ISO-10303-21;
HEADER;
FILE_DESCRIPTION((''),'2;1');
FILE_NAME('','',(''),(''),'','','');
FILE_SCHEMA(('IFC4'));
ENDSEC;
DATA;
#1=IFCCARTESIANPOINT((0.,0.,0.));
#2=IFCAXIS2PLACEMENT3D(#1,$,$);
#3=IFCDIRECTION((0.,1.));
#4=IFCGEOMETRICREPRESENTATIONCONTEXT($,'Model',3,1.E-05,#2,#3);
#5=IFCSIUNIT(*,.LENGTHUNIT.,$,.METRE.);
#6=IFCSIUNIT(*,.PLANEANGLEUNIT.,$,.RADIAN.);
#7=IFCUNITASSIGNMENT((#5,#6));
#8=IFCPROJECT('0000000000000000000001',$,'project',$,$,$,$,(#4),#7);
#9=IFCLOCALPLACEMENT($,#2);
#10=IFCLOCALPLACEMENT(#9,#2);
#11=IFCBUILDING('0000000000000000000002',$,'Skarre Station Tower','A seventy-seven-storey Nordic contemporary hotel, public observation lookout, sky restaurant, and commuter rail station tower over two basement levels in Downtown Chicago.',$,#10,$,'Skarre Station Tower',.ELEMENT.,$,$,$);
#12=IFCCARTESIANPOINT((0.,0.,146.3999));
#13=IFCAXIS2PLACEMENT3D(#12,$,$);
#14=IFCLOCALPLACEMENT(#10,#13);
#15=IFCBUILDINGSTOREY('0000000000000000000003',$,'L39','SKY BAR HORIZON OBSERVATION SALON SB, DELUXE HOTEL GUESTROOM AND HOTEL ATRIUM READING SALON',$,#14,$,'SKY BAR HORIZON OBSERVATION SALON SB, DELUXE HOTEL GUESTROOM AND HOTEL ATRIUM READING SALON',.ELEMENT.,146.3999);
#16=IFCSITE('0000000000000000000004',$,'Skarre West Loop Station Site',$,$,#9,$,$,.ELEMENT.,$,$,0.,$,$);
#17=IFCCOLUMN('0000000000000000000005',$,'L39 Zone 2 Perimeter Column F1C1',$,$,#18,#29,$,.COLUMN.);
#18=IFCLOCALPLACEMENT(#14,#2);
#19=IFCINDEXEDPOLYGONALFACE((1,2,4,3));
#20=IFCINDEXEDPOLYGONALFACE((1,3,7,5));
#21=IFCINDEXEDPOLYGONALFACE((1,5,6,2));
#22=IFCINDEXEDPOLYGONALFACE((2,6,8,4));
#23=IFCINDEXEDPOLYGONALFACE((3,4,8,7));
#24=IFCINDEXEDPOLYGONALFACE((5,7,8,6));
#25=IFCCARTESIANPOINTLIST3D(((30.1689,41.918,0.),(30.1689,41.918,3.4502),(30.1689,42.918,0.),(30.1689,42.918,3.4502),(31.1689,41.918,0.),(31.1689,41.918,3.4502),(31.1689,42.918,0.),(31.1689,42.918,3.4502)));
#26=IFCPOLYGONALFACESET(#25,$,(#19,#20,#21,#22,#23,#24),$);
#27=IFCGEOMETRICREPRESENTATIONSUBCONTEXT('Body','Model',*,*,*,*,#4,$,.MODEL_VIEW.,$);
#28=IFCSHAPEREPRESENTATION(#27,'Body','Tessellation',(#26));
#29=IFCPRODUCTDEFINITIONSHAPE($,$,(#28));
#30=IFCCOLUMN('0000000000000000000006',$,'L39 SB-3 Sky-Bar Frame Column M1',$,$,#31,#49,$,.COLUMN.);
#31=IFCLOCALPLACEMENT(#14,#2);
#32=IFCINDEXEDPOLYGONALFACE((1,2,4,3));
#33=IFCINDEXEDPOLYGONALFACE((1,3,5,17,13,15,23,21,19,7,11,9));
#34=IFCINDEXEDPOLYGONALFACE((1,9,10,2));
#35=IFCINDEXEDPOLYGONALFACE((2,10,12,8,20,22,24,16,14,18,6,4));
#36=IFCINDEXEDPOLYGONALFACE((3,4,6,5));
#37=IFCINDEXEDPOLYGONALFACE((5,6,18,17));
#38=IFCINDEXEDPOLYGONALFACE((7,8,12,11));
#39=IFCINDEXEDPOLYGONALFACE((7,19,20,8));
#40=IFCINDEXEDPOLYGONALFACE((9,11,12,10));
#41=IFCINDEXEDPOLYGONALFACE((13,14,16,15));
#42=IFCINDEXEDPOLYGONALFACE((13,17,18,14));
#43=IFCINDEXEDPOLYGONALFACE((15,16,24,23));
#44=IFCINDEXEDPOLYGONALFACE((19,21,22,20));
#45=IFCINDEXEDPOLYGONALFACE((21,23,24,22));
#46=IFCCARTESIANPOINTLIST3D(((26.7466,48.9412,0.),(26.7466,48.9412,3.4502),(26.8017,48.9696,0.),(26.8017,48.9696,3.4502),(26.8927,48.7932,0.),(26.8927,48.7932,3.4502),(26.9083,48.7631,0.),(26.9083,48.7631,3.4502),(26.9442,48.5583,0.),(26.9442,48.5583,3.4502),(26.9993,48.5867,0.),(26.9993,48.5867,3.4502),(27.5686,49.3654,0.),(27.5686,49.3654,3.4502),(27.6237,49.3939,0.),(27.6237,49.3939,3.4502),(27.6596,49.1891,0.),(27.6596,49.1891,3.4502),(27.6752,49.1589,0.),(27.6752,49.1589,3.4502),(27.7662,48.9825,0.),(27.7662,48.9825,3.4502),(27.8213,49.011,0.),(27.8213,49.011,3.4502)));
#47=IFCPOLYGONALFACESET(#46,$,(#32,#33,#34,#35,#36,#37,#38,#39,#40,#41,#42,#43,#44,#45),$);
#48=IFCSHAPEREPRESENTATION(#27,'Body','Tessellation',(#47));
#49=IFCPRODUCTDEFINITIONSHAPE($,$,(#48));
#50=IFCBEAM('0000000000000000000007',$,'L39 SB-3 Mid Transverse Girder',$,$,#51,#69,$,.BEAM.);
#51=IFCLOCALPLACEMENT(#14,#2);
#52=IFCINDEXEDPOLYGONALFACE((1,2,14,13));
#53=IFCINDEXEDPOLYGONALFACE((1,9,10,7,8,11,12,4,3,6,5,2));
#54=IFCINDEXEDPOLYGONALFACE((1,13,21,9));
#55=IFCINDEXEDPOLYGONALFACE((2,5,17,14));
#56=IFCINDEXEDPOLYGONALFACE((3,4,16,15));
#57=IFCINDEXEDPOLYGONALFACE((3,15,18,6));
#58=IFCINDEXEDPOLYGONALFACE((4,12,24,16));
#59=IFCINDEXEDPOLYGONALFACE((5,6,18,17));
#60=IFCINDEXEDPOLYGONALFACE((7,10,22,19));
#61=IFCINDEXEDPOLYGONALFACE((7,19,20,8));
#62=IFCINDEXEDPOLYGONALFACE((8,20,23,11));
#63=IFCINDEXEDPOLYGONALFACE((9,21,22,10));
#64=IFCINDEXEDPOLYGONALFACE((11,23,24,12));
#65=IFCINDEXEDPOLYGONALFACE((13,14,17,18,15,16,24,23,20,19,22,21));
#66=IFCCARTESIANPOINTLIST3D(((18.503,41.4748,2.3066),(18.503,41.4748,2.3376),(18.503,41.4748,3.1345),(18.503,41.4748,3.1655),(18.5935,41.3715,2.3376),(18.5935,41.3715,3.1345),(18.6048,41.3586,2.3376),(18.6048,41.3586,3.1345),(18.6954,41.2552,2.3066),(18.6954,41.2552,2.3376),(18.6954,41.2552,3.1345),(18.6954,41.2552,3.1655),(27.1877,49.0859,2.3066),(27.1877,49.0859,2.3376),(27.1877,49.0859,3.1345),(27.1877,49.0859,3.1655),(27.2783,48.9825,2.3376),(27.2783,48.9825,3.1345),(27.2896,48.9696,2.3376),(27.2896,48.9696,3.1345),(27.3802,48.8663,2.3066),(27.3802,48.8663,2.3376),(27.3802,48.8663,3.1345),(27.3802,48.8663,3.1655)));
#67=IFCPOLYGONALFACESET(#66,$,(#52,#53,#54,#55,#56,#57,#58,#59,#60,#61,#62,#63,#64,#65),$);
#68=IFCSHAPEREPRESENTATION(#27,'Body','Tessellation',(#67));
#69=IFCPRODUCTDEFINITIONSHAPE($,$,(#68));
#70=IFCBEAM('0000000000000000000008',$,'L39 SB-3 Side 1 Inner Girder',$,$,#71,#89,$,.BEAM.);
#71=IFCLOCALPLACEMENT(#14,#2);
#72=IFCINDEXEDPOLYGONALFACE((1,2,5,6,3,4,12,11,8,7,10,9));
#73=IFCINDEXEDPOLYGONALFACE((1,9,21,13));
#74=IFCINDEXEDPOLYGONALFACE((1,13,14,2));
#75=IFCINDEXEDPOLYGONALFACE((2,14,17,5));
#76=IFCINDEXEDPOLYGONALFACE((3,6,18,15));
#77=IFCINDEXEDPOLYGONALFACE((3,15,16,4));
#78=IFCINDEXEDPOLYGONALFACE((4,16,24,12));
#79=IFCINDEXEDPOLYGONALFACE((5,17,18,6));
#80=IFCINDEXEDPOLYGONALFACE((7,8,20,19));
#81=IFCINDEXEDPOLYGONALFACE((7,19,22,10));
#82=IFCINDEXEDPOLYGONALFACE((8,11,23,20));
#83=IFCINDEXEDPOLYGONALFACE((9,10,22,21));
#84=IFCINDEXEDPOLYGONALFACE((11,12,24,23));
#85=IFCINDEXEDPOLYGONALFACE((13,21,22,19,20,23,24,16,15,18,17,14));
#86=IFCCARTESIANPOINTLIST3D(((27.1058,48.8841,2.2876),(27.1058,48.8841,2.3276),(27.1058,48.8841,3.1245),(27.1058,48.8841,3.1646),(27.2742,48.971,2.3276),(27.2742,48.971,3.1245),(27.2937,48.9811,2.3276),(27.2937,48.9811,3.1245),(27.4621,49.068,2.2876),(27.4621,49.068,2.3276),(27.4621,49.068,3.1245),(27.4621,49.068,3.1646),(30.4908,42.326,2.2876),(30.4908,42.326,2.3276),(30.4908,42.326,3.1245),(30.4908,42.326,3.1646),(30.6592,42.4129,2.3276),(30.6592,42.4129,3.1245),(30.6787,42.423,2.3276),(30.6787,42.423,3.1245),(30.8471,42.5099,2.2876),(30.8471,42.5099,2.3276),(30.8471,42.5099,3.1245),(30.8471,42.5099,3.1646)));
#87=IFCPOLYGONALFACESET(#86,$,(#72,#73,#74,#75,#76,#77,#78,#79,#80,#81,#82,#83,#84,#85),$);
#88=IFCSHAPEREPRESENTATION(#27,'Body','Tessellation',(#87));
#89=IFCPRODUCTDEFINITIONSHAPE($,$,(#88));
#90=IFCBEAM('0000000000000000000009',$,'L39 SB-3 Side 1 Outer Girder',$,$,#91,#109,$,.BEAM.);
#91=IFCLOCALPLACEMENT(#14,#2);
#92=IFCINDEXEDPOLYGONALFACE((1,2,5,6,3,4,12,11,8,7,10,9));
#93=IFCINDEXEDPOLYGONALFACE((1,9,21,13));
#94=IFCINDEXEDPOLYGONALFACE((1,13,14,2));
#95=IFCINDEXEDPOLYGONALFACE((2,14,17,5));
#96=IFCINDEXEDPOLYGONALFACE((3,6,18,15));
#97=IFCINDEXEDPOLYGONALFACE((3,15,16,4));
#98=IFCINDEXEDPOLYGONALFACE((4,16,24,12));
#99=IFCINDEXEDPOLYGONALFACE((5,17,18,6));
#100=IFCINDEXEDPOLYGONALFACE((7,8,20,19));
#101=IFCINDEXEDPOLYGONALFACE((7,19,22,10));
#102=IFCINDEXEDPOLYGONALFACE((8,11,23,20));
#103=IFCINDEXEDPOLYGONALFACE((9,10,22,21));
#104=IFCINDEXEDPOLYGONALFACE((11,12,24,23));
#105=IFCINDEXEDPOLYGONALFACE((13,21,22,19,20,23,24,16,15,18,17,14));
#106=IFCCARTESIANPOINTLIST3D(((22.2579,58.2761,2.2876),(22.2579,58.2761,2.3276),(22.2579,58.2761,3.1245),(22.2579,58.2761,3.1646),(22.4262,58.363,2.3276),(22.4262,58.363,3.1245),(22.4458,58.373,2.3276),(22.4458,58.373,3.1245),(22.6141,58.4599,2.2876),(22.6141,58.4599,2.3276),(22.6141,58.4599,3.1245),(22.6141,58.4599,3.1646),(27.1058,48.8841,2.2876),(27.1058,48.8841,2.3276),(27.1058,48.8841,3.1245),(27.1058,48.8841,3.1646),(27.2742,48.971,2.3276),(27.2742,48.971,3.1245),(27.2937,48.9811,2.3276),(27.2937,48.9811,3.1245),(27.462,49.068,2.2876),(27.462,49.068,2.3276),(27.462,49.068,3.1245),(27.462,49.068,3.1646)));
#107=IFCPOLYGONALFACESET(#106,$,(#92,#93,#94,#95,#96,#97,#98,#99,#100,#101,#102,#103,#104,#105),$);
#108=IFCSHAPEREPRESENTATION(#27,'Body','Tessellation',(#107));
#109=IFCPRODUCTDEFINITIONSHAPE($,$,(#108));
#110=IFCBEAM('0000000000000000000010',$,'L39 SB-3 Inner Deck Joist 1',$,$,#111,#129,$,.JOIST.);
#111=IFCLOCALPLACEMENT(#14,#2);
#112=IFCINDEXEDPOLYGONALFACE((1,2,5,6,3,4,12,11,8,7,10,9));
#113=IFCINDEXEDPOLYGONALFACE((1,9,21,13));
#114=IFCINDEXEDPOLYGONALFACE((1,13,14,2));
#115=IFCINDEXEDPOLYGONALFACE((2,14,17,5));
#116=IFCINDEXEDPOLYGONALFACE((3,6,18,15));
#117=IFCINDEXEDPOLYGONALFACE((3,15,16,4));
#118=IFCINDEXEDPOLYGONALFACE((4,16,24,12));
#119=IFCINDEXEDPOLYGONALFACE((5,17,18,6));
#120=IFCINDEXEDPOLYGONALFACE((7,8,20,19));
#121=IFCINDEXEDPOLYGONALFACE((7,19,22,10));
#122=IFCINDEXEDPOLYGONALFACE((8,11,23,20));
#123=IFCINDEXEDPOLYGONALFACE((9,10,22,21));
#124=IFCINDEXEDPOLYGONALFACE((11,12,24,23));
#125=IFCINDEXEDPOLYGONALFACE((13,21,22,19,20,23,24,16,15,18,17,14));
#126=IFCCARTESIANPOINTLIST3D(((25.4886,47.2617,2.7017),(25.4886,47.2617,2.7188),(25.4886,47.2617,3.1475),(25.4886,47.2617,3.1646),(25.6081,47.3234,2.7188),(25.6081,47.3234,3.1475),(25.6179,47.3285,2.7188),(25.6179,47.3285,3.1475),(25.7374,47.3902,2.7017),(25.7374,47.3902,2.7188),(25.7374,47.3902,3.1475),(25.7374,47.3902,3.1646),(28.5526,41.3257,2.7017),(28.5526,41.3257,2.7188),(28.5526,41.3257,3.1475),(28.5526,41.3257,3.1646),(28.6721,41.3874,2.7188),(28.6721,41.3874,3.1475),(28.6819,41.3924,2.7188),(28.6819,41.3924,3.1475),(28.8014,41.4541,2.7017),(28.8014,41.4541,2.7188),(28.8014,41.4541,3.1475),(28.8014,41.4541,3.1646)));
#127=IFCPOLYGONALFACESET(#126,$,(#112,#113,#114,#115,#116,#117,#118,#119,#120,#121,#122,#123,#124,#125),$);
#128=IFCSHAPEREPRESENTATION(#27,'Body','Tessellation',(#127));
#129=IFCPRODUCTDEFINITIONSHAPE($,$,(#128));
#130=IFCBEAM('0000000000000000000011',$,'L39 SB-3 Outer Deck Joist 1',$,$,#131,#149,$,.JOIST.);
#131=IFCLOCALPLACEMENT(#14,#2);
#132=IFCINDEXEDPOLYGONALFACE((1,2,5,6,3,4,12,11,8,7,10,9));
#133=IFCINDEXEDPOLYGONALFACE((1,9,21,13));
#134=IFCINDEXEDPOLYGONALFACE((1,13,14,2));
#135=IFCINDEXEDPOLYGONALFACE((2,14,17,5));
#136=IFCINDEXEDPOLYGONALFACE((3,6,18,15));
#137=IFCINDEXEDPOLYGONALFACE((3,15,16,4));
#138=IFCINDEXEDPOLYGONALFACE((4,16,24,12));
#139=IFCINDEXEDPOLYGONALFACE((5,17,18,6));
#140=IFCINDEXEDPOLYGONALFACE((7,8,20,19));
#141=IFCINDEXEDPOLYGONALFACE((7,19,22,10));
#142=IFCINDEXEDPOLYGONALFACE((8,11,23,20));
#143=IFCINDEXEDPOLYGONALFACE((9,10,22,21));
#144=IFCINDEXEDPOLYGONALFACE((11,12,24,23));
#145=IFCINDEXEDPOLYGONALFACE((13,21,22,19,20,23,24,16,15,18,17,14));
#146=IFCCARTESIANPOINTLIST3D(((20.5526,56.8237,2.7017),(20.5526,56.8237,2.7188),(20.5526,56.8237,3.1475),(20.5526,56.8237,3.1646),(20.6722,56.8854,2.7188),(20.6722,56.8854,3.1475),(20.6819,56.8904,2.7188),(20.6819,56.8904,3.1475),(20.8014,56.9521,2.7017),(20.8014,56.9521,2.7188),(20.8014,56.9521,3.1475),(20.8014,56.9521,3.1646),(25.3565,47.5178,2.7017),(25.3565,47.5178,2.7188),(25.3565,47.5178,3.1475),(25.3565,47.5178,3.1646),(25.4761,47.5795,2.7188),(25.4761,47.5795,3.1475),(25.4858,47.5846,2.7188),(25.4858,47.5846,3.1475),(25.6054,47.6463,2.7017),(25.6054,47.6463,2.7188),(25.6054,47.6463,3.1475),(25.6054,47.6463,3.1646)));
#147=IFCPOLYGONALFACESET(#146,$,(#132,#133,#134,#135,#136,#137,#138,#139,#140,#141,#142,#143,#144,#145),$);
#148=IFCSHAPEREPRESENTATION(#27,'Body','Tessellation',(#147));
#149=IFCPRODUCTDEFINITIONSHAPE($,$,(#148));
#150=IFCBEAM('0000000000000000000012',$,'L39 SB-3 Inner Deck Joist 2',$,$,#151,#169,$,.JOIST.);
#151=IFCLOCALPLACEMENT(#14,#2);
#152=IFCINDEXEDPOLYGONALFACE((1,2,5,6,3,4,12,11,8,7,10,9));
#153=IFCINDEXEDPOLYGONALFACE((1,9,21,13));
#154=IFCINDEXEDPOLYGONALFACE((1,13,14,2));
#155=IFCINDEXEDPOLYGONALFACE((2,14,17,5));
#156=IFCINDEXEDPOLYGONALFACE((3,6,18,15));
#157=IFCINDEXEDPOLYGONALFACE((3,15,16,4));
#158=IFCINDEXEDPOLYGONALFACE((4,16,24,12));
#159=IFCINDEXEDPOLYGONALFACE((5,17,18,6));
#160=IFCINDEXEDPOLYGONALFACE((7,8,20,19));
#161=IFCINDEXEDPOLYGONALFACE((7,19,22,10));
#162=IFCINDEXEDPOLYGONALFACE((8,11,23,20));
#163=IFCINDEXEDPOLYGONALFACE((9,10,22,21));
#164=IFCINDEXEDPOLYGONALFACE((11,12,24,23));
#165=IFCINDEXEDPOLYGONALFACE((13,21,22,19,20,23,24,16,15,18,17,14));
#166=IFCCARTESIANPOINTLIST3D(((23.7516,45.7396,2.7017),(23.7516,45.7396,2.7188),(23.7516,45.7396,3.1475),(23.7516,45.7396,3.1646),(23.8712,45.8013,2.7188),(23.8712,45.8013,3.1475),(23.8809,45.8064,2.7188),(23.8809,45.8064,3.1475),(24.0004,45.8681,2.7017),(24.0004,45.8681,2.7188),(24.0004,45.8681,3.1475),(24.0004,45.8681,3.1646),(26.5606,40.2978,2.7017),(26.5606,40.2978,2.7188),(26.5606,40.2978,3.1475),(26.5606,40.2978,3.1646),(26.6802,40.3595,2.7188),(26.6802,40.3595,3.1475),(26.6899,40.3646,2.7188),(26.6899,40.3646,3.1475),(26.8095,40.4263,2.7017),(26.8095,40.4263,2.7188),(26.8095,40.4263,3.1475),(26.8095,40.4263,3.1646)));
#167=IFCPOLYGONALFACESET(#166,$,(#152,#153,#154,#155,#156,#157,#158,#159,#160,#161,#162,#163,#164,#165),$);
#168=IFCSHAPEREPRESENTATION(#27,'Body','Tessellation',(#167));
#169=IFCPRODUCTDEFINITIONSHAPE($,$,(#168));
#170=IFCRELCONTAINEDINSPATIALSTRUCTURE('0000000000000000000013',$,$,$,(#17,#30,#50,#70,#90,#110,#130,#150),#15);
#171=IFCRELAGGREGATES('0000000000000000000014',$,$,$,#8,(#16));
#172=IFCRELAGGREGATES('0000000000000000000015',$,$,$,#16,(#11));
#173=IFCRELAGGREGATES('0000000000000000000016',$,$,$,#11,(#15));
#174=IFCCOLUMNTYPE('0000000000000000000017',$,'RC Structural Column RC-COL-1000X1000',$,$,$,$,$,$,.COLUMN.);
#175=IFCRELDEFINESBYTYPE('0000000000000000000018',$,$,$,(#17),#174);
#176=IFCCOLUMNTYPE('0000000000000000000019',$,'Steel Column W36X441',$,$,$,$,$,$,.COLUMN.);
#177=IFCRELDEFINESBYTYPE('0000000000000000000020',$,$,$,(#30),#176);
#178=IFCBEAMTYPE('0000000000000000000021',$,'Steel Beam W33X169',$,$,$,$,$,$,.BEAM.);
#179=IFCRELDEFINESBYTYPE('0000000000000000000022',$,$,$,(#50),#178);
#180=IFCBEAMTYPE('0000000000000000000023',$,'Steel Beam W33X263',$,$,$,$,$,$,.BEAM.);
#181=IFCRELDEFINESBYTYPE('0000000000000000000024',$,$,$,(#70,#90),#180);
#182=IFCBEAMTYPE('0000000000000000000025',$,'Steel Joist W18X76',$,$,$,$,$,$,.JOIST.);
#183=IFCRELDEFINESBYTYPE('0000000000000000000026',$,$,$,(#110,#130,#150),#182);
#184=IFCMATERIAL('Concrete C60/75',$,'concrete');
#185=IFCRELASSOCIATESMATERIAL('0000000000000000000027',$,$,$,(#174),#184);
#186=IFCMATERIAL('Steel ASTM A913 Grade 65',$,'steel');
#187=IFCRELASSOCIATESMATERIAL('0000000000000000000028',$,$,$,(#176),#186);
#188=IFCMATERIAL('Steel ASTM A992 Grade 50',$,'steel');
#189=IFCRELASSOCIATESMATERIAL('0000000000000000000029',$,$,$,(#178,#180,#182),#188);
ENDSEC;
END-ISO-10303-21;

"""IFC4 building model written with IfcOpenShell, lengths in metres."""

from ifc_helpers import new_model, si_unit, direction, frame, origin, origin_2d, place, context, subcontext, project, spatial, rectangle, i_section, extrude, material, material_profile, profile_set, type_object, element, save


model = new_model("IFC4")

# Units and contexts
model_context = context("Model", 3, precision=1e-05, world=origin(), true_north=direction((0.0, 1.0)))
body_context = subcontext(model_context, "Body", "Model", "MODEL_VIEW")
ifc_project = project(units=[si_unit("LENGTHUNIT", "METRE"), si_unit("PLANEANGLEUNIT", "RADIAN")], contexts=[model_context])

# Site, building, storey
site_placement = place(None, origin())
site = spatial("IfcSite", under=ifc_project, at=site_placement, Name="Skarre West Loop Station Site", CompositionType="ELEMENT", RefElevation=0.0)
building_placement = place(site_placement, origin())
building = spatial("IfcBuilding", under=site, at=building_placement, Name="Skarre Station Tower", Description="A seventy-seven-storey Nordic contemporary hotel, public observation lookout, sky restaurant, and commuter rail station tower over two basement levels in Downtown Chicago.", LongName="Skarre Station Tower", CompositionType="ELEMENT")
storey_placement = place(building_placement, frame((0.0, 0.0, 146.3999)))
storey = spatial("IfcBuildingStorey", under=building, at=storey_placement, Name="L39", Description="SKY BAR HORIZON OBSERVATION SALON SB, DELUXE HOTEL GUESTROOM AND HOTEL ATRIUM READING SALON", LongName="SKY BAR HORIZON OBSERVATION SALON SB, DELUXE HOTEL GUESTROOM AND HOTEL ATRIUM READING SALON", CompositionType="ELEMENT", Elevation=146.3999)

# Columns
ifc_material_1 = material(Name="Concrete C60/75", Category="concrete")
ifc_material_profile_1 = material_profile(ifc_material_1, rectangle(XDim=1.0, YDim=1.0, at=origin_2d()), Name="Concrete C60/75")
ifc_profile_set_1 = profile_set([ifc_material_profile_1], Name="Concrete C60/75")
column_type_1 = type_object("IfcColumnType", Name="RC Structural Column RC-COL-1000X1000", PredefinedType="COLUMN", material=ifc_profile_set_1)
column_1_placement = place(storey_placement, frame((30.6689, 42.418, 0.0), z_axis=(0.0, 0.0, 1.0), x_axis=(1.0, 0.0, 0.0)))
element("IfcColumn", 1, at=column_1_placement, inside=storey, type_object=column_type_1, Name="L39 Zone 2 Perimeter Column F1C1", PredefinedType="COLUMN", context=body_context, shape_type="SweptSolid", body=[
    extrude(rectangle(XDim=1.0, YDim=1.0, at=origin_2d()), origin(), (0.0, 0.0, 1.0), 3.4502),
])
ifc_material_2 = material(Name="Steel ASTM A913 Grade 65", Category="steel")
ifc_material_profile_2 = material_profile(ifc_material_2, i_section(OverallWidth=0.4309, OverallDepth=0.9871, WebThickness=0.0339, FlangeThickness=0.062, at=origin_2d()), Name="Steel ASTM A913 Grade 65")
ifc_profile_set_2 = profile_set([ifc_material_profile_2], Name="Steel ASTM A913 Grade 65")
column_type_2 = type_object("IfcColumnType", Name="Steel Column W36X441", PredefinedType="COLUMN", material=ifc_profile_set_2)
column_2_placement = place(storey_placement, frame((27.2839, 48.9761, 0.0), z_axis=(0.0, 0.0, 1.0), x_axis=(-0.45865, 0.888617, 0.0)))
element("IfcColumn", 2, at=column_2_placement, inside=storey, type_object=column_type_2, Name="L39 SB-3 Sky-Bar Frame Column M1", PredefinedType="COLUMN", context=body_context, shape_type="SweptSolid", body=[
    extrude(i_section(OverallWidth=0.4309, OverallDepth=0.9871, WebThickness=0.0339, FlangeThickness=0.062, at=origin_2d()), origin(), (0.0, 0.0, 1.0), 3.4502),
])

# Beams
ifc_material_3 = material(Name="Steel ASTM A992 Grade 50", Category="steel")
ifc_material_profile_3 = material_profile(ifc_material_3, i_section(OverallWidth=0.292, OverallDepth=0.8589, WebThickness=0.0171, FlangeThickness=0.031, at=origin_2d()), Name="Steel ASTM A992 Grade 50")
ifc_profile_set_3 = profile_set([ifc_material_profile_3], Name="Steel ASTM A992 Grade 50")
beam_type_1 = type_object("IfcBeamType", Name="Steel Beam W33X169", PredefinedType="BEAM", material=ifc_profile_set_3)
beam_1_placement = place(storey_placement, frame((27.2839, 48.9761, 2.7361), z_axis=(-0.752067, -0.659087, 0.0), x_axis=(0.659087, -0.752067, 0.0)))
element("IfcBeam", 3, at=beam_1_placement, inside=storey, type_object=beam_type_1, Name="L39 SB-3 Mid Transverse Girder", PredefinedType="BEAM", context=body_context, shape_type="SweptSolid", body=[
    extrude(i_section(OverallWidth=0.292, OverallDepth=0.8589, WebThickness=0.0171, FlangeThickness=0.031, at=origin_2d()), origin(), (0.0, 0.0, 1.0), 11.5479),
])
ifc_material_profile_4 = material_profile(ifc_material_3, i_section(OverallWidth=0.4009, OverallDepth=0.877, WebThickness=0.022, FlangeThickness=0.04, at=origin_2d()), Name="Steel ASTM A992 Grade 50")
ifc_profile_set_4 = profile_set([ifc_material_profile_4], Name="Steel ASTM A992 Grade 50")
beam_type_2 = type_object("IfcBeamType", Name="Steel Beam W33X263", PredefinedType="BEAM", material=ifc_profile_set_4)
beam_2_placement = place(storey_placement, frame((30.6689, 42.418, 2.7261), z_axis=(-0.458662, 0.888611, 0.0), x_axis=(-0.888611, -0.458662, 0.0)))
element("IfcBeam", 4, at=beam_2_placement, inside=storey, type_object=beam_type_2, Name="L39 SB-3 Side 1 Inner Girder", PredefinedType="BEAM", context=body_context, shape_type="SweptSolid", body=[
    extrude(i_section(OverallWidth=0.4009, OverallDepth=0.877, WebThickness=0.022, FlangeThickness=0.04, at=origin_2d()), origin(), (0.0, 0.0, 1.0), 7.3801),
])
beam_3_placement = place(storey_placement, frame((27.2839, 48.9761, 2.7261), z_axis=(-0.45868, 0.888602, 0.0), x_axis=(-0.888602, -0.45868, 0.0)))
element("IfcBeam", 5, at=beam_3_placement, inside=storey, type_object=beam_type_2, Name="L39 SB-3 Side 1 Outer Girder", PredefinedType="BEAM", context=body_context, shape_type="SweptSolid", body=[
    extrude(i_section(OverallWidth=0.4009, OverallDepth=0.877, WebThickness=0.022, FlangeThickness=0.04, at=origin_2d()), origin(), (0.0, 0.0, 1.0), 10.5693),
])
ifc_material_profile_5 = material_profile(ifc_material_3, i_section(OverallWidth=0.28, OverallDepth=0.4629, WebThickness=0.011, FlangeThickness=0.0171, at=origin_2d()), Name="Steel ASTM A992 Grade 50")
ifc_profile_set_5 = profile_set([ifc_material_profile_5], Name="Steel ASTM A992 Grade 50")
beam_type_3 = type_object("IfcBeamType", Name="Steel Joist W18X76", PredefinedType="JOIST", material=ifc_profile_set_5)
beam_4_placement = place(storey_placement, frame((28.677, 41.3899, 2.9331), z_axis=(-0.458667, 0.888608, 0.0), x_axis=(-0.888608, -0.458667, 0.0)))
element("IfcBeam", 6, at=beam_4_placement, inside=storey, type_object=beam_type_3, Name="L39 SB-3 Inner Deck Joist 1", PredefinedType="JOIST", context=body_context, shape_type="SweptSolid", body=[
    extrude(i_section(OverallWidth=0.28, OverallDepth=0.4629, WebThickness=0.011, FlangeThickness=0.0171, at=origin_2d()), origin(), (0.0, 0.0, 1.0), 6.6802),
])
beam_5_placement = place(storey_placement, frame((25.481, 47.582, 2.9331), z_axis=(-0.458711, 0.888585, 0.0), x_axis=(-0.888585, -0.458711, 0.0)))
element("IfcBeam", 7, at=beam_5_placement, inside=storey, type_object=beam_type_3, Name="L39 SB-3 Outer Deck Joist 1", PredefinedType="JOIST", context=body_context, shape_type="SweptSolid", body=[
    extrude(i_section(OverallWidth=0.28, OverallDepth=0.4629, WebThickness=0.011, FlangeThickness=0.0171, at=origin_2d()), origin(), (0.0, 0.0, 1.0), 10.4727),
])
beam_6_placement = place(storey_placement, frame((26.6851, 40.3621, 2.9331), z_axis=(-0.45869, 0.888597, 0.0), x_axis=(-0.888597, -0.45869, 0.0)))
element("IfcBeam", 8, at=beam_6_placement, inside=storey, type_object=beam_type_3, Name="L39 SB-3 Inner Deck Joist 2", PredefinedType="JOIST", context=body_context, shape_type="SweptSolid", body=[
    extrude(i_section(OverallWidth=0.28, OverallDepth=0.4629, WebThickness=0.011, FlangeThickness=0.0171, at=origin_2d()), origin(), (0.0, 0.0, 1.0), 6.124),
])

save(model, "model.ifc")
